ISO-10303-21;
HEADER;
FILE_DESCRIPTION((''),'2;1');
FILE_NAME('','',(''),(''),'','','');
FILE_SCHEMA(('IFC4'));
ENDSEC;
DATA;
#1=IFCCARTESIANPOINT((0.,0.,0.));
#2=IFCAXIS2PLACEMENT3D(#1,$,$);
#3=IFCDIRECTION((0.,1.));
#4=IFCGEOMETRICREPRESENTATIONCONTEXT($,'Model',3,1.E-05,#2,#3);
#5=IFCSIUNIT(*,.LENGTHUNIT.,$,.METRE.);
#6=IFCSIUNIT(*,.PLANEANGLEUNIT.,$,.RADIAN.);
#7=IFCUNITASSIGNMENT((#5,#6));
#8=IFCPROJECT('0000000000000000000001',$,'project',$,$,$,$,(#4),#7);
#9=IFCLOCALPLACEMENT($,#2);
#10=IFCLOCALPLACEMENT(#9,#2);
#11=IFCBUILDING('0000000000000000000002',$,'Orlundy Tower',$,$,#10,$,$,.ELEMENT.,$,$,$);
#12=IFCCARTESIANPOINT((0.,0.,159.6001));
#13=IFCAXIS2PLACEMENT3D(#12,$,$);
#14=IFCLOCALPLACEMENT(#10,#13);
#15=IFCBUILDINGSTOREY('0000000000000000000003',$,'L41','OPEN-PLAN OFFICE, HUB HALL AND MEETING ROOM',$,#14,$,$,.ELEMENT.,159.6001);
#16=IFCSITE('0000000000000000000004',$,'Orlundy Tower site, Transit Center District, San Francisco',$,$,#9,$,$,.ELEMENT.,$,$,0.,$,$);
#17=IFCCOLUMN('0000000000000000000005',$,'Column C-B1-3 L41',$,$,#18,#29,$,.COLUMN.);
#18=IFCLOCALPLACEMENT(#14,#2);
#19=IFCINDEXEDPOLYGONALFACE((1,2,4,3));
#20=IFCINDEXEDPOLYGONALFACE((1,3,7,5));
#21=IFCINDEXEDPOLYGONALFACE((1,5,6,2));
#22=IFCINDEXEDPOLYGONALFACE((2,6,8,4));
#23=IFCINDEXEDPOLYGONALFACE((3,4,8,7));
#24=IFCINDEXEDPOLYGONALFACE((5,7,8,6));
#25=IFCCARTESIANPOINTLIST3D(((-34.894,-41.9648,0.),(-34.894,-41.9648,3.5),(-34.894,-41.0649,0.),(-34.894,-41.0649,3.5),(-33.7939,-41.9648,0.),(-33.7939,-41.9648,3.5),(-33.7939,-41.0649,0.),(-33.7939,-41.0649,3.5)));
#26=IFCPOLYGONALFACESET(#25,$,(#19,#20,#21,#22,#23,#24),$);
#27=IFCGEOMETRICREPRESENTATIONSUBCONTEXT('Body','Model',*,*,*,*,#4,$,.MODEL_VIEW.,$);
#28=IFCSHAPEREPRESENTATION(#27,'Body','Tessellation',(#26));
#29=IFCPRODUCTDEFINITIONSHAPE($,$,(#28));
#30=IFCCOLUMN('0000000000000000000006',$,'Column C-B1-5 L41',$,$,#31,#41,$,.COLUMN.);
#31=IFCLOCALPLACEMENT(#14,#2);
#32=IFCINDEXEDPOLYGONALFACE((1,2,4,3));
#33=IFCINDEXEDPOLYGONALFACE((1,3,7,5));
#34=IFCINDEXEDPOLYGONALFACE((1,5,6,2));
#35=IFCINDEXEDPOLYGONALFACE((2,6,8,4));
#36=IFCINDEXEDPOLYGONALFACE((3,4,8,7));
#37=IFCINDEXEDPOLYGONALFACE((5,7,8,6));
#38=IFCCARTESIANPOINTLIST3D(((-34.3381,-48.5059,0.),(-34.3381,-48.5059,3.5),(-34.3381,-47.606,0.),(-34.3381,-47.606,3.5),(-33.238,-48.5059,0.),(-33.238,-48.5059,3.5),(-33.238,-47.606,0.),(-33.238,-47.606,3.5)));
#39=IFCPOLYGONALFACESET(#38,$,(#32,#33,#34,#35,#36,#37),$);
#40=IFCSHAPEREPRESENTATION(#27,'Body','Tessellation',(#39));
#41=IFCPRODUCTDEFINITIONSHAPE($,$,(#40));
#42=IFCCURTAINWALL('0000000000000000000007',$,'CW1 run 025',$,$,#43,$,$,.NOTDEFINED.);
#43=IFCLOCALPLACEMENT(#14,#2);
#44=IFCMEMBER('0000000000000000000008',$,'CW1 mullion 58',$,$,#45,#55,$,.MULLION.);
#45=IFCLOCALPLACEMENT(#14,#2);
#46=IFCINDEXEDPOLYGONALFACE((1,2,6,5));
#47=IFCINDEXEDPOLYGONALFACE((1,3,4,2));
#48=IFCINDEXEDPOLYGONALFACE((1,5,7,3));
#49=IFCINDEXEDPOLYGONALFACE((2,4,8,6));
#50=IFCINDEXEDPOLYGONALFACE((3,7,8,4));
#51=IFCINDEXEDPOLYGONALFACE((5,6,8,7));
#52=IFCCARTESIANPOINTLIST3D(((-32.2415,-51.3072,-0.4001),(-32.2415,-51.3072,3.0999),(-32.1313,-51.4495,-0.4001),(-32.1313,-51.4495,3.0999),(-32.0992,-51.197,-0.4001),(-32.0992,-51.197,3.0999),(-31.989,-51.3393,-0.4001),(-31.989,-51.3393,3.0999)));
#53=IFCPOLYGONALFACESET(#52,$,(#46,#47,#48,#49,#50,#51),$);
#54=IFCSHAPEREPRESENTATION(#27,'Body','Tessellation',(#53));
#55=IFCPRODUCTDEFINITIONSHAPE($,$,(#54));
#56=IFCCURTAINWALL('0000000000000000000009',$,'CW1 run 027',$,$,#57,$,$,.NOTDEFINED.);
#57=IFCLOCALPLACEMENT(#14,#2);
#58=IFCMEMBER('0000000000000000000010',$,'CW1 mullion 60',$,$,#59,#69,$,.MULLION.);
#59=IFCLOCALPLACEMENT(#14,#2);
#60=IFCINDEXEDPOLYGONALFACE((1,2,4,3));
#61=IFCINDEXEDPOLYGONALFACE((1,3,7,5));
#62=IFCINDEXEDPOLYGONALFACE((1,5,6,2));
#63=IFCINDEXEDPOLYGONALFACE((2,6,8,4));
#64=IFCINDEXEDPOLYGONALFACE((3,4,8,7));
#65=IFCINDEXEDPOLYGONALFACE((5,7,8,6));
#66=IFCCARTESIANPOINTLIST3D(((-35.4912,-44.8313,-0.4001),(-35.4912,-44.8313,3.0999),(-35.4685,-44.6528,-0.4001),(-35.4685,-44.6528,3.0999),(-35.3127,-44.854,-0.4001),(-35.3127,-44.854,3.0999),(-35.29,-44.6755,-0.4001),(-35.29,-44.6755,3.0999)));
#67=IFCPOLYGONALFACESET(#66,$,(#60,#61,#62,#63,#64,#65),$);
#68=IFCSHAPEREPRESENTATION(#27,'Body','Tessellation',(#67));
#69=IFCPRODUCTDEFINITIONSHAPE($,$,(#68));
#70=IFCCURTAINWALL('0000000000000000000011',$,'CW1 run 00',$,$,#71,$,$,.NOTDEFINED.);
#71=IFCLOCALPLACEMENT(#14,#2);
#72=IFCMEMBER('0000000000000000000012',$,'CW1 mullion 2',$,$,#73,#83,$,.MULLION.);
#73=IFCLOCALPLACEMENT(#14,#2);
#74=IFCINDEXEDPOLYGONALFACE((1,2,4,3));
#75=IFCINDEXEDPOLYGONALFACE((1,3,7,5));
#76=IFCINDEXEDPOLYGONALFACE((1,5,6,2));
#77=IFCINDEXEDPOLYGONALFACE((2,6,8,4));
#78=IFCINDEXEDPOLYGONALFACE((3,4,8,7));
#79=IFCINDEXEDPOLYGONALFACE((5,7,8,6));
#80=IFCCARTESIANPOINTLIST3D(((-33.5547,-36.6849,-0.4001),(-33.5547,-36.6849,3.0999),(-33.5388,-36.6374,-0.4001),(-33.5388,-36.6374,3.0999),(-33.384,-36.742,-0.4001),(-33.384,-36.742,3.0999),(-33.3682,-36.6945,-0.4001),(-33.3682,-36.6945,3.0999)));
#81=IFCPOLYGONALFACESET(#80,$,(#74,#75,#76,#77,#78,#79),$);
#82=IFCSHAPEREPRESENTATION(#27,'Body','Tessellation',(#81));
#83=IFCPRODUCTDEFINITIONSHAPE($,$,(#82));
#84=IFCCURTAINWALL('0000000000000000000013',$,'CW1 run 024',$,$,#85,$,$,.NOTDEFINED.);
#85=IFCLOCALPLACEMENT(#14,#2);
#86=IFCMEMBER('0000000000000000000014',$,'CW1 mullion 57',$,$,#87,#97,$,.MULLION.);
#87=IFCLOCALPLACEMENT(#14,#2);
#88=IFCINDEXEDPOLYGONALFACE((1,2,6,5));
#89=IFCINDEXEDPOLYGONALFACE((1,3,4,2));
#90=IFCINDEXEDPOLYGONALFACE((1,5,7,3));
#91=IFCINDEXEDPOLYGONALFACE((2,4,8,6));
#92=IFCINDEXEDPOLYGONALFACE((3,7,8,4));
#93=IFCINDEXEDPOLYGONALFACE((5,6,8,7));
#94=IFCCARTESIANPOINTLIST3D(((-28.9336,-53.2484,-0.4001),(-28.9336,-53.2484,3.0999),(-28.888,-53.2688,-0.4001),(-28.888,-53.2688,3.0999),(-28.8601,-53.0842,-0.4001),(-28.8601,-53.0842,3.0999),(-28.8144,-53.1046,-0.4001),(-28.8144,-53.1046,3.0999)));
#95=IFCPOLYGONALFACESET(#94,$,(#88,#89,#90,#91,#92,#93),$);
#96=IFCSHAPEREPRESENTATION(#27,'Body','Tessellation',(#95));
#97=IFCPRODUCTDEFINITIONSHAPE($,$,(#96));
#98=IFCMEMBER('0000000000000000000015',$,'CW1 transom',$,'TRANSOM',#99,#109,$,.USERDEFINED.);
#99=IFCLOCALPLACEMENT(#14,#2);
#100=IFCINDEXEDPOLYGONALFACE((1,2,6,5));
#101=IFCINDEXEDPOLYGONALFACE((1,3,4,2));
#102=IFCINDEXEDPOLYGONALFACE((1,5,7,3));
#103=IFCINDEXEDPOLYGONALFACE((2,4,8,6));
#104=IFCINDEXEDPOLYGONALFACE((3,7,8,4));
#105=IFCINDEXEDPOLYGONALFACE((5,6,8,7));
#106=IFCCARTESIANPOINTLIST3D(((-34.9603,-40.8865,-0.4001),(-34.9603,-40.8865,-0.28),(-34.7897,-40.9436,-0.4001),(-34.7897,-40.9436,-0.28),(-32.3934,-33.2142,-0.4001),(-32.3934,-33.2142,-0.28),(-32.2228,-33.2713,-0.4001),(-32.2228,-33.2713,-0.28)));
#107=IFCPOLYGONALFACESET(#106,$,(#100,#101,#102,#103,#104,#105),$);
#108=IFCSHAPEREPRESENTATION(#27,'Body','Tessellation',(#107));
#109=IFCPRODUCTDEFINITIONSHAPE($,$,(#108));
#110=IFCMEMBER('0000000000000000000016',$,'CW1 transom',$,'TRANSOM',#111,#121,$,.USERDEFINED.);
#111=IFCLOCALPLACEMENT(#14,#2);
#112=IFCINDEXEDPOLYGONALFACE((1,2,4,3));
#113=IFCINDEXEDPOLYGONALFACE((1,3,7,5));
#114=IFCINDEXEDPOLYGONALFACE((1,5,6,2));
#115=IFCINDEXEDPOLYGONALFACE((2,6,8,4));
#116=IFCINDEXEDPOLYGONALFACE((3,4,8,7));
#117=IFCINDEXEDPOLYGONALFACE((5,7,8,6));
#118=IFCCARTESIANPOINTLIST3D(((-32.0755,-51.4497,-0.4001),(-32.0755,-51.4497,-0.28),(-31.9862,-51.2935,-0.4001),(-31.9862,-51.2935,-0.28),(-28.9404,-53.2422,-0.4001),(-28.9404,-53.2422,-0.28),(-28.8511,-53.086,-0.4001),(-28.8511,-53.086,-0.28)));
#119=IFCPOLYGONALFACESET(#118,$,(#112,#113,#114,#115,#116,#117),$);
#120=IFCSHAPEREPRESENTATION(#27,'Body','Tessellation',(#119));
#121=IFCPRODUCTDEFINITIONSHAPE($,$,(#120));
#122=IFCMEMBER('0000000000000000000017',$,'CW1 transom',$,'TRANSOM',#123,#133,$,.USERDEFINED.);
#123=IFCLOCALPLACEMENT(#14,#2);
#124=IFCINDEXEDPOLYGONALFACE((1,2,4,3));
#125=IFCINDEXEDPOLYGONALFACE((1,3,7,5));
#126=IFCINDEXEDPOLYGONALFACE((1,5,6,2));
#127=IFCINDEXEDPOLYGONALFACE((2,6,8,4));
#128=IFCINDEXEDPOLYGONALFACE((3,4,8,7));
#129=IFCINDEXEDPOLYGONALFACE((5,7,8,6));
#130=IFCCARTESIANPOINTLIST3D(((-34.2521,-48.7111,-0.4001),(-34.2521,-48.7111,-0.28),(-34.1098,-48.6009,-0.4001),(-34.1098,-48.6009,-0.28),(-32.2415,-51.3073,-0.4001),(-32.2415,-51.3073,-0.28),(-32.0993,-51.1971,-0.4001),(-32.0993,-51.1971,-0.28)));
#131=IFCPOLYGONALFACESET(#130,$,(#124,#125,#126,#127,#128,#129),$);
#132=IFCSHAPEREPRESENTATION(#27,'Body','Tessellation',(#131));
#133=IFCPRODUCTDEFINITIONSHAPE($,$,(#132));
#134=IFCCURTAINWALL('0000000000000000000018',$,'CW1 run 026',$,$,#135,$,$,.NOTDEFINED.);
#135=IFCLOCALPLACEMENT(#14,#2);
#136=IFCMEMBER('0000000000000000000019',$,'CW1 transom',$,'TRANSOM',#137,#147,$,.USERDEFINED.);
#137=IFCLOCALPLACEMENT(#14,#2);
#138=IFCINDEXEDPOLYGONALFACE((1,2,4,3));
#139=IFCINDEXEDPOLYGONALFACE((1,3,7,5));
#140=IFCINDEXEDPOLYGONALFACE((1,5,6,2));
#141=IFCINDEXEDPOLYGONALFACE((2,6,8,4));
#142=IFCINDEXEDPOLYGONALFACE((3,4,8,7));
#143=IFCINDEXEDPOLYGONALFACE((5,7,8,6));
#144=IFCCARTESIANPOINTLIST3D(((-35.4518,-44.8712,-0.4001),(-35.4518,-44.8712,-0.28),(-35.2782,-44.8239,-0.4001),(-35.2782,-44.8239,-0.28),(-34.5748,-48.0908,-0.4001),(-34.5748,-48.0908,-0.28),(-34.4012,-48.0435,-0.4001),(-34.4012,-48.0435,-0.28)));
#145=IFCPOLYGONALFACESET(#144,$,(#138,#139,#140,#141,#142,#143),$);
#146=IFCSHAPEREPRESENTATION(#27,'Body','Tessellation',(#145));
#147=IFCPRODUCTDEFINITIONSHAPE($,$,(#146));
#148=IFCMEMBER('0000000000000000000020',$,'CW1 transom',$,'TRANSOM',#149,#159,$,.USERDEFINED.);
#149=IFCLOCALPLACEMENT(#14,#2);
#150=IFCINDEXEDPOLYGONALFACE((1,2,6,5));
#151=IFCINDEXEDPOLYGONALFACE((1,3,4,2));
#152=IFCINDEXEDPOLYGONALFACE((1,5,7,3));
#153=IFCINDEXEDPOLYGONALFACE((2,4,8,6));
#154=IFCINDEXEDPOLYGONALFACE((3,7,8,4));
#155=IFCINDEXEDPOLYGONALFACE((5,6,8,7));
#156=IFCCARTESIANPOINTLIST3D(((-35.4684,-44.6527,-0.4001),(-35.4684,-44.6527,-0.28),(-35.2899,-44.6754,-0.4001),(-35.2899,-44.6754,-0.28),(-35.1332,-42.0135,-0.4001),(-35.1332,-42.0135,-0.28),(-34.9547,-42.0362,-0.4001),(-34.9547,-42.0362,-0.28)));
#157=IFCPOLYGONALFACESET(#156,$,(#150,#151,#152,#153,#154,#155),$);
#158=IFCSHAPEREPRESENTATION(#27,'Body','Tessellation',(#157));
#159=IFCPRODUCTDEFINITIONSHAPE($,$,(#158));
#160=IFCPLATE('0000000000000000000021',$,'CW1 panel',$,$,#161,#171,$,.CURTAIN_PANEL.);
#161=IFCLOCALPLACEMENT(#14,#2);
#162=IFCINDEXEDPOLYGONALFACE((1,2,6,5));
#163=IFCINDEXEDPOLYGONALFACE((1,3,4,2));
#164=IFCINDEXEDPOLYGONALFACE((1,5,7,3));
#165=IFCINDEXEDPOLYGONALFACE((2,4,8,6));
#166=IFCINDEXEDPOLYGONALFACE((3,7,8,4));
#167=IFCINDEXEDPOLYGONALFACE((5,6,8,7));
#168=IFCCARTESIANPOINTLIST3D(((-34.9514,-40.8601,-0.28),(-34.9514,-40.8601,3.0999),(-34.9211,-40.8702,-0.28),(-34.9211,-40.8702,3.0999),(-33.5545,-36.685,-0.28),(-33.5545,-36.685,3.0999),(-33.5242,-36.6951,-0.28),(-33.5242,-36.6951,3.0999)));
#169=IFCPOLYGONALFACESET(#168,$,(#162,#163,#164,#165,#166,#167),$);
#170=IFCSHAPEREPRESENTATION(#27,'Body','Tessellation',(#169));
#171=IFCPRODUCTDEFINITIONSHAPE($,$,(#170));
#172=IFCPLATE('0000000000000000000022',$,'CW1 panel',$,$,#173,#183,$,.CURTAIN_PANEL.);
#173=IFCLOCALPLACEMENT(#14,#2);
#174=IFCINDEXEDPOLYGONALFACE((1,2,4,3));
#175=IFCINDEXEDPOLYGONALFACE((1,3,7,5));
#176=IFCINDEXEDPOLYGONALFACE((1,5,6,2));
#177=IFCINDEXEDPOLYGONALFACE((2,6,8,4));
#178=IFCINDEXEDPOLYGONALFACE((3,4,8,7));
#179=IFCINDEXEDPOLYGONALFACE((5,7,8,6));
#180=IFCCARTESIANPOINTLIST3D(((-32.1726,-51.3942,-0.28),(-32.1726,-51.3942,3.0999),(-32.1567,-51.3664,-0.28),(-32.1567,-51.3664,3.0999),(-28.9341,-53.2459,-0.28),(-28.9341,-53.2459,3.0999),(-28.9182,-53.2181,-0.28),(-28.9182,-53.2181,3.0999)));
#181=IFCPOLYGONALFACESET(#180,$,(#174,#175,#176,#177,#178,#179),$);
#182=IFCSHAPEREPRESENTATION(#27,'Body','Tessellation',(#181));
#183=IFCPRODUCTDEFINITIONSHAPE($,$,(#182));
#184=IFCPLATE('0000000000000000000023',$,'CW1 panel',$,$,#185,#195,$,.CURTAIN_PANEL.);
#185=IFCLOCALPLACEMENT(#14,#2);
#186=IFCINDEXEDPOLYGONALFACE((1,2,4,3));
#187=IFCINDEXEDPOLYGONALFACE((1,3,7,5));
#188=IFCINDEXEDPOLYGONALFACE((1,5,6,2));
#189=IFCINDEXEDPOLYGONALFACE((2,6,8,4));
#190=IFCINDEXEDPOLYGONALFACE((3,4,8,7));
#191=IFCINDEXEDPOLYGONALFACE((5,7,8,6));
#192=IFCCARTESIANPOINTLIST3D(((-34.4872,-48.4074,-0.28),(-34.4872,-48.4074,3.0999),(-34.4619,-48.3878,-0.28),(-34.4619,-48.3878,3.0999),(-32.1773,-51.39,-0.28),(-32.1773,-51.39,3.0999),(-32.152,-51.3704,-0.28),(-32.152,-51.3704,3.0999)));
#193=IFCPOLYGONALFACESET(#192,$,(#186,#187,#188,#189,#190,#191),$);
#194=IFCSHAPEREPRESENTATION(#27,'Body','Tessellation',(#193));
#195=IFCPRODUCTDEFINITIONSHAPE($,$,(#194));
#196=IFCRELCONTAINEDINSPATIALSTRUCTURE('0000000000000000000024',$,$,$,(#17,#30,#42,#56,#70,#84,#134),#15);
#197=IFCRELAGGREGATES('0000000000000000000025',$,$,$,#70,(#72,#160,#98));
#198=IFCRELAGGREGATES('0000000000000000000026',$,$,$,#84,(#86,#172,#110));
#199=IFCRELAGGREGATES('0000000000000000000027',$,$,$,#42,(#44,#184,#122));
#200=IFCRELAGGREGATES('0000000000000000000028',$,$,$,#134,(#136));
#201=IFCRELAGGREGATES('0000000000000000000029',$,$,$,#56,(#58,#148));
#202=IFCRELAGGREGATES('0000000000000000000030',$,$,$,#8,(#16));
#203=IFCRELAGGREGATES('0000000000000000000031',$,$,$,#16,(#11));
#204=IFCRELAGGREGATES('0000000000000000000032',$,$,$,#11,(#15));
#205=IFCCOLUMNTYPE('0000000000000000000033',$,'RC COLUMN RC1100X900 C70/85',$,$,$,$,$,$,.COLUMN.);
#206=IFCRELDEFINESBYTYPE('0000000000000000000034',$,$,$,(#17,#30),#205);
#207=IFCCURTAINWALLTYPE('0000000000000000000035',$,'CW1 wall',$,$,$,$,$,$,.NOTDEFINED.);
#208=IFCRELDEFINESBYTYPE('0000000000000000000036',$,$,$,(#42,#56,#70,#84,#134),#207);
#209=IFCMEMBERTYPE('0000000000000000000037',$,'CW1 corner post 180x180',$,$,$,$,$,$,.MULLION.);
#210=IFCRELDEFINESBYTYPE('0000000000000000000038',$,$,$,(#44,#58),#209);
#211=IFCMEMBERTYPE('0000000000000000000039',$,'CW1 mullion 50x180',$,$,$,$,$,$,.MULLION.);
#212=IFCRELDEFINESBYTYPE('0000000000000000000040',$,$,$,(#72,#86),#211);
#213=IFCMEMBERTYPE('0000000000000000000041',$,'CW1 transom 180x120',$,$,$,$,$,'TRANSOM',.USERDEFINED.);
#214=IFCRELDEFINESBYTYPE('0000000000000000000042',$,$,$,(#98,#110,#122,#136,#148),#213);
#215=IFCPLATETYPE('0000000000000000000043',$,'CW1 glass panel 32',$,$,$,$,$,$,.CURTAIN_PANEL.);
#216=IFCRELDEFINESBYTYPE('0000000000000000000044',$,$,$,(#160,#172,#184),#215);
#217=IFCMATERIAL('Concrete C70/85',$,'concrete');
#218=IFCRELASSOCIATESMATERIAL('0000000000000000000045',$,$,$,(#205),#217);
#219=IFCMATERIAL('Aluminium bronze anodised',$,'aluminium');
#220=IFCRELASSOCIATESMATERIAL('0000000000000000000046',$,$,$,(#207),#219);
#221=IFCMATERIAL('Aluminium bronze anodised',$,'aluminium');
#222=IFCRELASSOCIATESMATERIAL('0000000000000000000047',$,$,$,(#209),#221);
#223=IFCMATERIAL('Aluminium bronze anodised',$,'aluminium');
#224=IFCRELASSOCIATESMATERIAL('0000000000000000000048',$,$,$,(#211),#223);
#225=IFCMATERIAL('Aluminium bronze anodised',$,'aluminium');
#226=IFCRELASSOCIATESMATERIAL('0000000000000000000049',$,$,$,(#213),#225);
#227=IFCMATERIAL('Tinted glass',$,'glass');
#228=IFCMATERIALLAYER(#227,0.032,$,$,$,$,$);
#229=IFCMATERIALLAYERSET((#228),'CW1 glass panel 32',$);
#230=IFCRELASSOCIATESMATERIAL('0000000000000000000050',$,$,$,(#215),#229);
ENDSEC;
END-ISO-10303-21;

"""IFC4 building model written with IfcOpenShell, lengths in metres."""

from ifc_helpers import new_model, si_unit, direction, frame, origin, origin_2d, place, context, subcontext, project, spatial, rectangle, extrude, material, layer, layer_set, material_profile, profile_set, type_object, element, aggregate, save


model = new_model("IFC4")

# Units and contexts
model_context = context("Model", 3, precision=1e-05, world=origin(), true_north=direction((0.0, 1.0)))
body_context = subcontext(model_context, "Body", "Model", "MODEL_VIEW")
ifc_project = project(units=[si_unit("LENGTHUNIT", "METRE"), si_unit("PLANEANGLEUNIT", "RADIAN")], contexts=[model_context])

# Site, building, storey
site_placement = place(None, origin())
site = spatial("IfcSite", under=ifc_project, at=site_placement, Name="Orlundy Tower site, Transit Center District, San Francisco", CompositionType="ELEMENT", RefElevation=0.0)
building_placement = place(site_placement, origin())
building = spatial("IfcBuilding", under=site, at=building_placement, Name="Orlundy Tower", CompositionType="ELEMENT")
storey_placement = place(building_placement, frame((0.0, 0.0, 159.6001)))
storey = spatial("IfcBuildingStorey", under=building, at=storey_placement, Name="L41", Description="OPEN-PLAN OFFICE, HUB HALL AND MEETING ROOM", CompositionType="ELEMENT", Elevation=159.6001)

# Columns
ifc_material_1 = material(Name="Concrete C70/85", Category="concrete")
ifc_material_profile_1 = material_profile(ifc_material_1, rectangle(XDim=1.1001, YDim=0.8999, at=origin_2d()), Name="RC1100X900")
ifc_profile_set_1 = profile_set([ifc_material_profile_1], Name="Concrete C70/85")
column_type = type_object("IfcColumnType", Name="RC COLUMN RC1100X900 C70/85", PredefinedType="COLUMN", material=ifc_profile_set_1)
for number, where, z_axis, x_axis, name in (
    (1, (-34.344, -41.5149, 0.0), (0.0, 0.0, 1.0), (1.0, 0.0, 0.0), "Column C-B1-3 L41"),
    (2, (-33.7881, -48.0559, 0.0), (0.0, 0.0, 1.0), (1.0, 0.0, 0.0), "Column C-B1-5 L41"),
):
    element("IfcColumn", number, at=place(storey_placement, frame(where, z_axis=z_axis, x_axis=x_axis)), inside=storey, type_object=column_type, Name=name, PredefinedType="COLUMN", context=body_context, shape_type="SweptSolid", body=[
        extrude(rectangle(XDim=1.1001, YDim=0.8999, at=origin_2d()), origin(), (0.0, 0.0, 1.0), 3.5),
    ])

# Curtain walls, members
ifc_material_2 = material(Name="Aluminium bronze anodised", Category="aluminium")
curtain_wall_type = type_object("IfcCurtainWallType", Name="CW1 wall", PredefinedType="NOTDEFINED", material=ifc_material_2)
curtain_wall_1_placement = place(storey_placement, origin())
curtain_wall_1 = element("IfcCurtainWall", 3, at=curtain_wall_1_placement, inside=storey, type_object=curtain_wall_type, Name="CW1 run 025", PredefinedType="NOTDEFINED")
ifc_material_3 = material(Name="Aluminium bronze anodised", Category="aluminium")
ifc_material_profile_2 = material_profile(ifc_material_3, rectangle(XDim=0.1799, YDim=0.1799, at=origin_2d()), Name="CW1 corner post 180x180")
ifc_profile_set_2 = profile_set([ifc_material_profile_2], Name="Aluminium bronze anodised")
member_type_1 = type_object("IfcMemberType", Name="CW1 corner post 180x180", PredefinedType="MULLION", material=ifc_profile_set_2)
member_1_placement = place(storey_placement, frame((-32.1152, -51.3232, -0.4001), z_axis=(0.0, 0.0, 1.0), x_axis=(-0.790614, -0.612315, 0.0)))
member_1 = element("IfcMember", 4, at=member_1_placement, type_object=member_type_1, Name="CW1 mullion 58", PredefinedType="MULLION", context=body_context, shape_type="SweptSolid", body=[
    extrude(rectangle(XDim=0.1799, YDim=0.1799, at=origin_2d()), origin(), (0.0, 0.0, 1.0), 3.5),
])
curtain_wall_2_placement = place(storey_placement, origin())
curtain_wall_2 = element("IfcCurtainWall", 5, at=curtain_wall_2_placement, inside=storey, type_object=curtain_wall_type, Name="CW1 run 027", PredefinedType="NOTDEFINED")
member_2_placement = place(storey_placement, frame((-35.3906, -44.7534, -0.4001), z_axis=(0.0, 0.0, 1.0), x_axis=(-0.992031, 0.125994, 0.0)))
member_2 = element("IfcMember", 6, at=member_2_placement, type_object=member_type_1, Name="CW1 mullion 60", PredefinedType="MULLION", context=body_context, shape_type="SweptSolid", body=[
    extrude(rectangle(XDim=0.1799, YDim=0.1799, at=origin_2d()), origin(), (0.0, 0.0, 1.0), 3.5),
])
curtain_wall_3_placement = place(storey_placement, origin())
curtain_wall_3 = element("IfcCurtainWall", 7, at=curtain_wall_3_placement, inside=storey, type_object=curtain_wall_type, Name="CW1 run 00", PredefinedType="NOTDEFINED")
ifc_material_4 = material(Name="Aluminium bronze anodised", Category="aluminium")
ifc_material_profile_3 = material_profile(ifc_material_4, rectangle(XDim=0.1799, YDim=0.05, at=origin_2d()), Name="CW1 mullion 50x180")
ifc_profile_set_3 = profile_set([ifc_material_profile_3], Name="Aluminium bronze anodised")
member_type_2 = type_object("IfcMemberType", Name="CW1 mullion 50x180", PredefinedType="MULLION", material=ifc_profile_set_3)
member_3_placement = place(storey_placement, frame((-33.4614, -36.6897, -0.4001), z_axis=(0.0, 0.0, 1.0), x_axis=(-0.948327, 0.317295, 0.0)))
member_3 = element("IfcMember", 8, at=member_3_placement, type_object=member_type_2, Name="CW1 mullion 2", PredefinedType="MULLION", context=body_context, shape_type="SweptSolid", body=[
    extrude(rectangle(XDim=0.1799, YDim=0.05, at=origin_2d()), origin(), (0.0, 0.0, 1.0), 3.5),
])
curtain_wall_4_placement = place(storey_placement, origin())
curtain_wall_4 = element("IfcCurtainWall", 9, at=curtain_wall_4_placement, inside=storey, type_object=curtain_wall_type, Name="CW1 run 024", PredefinedType="NOTDEFINED")
member_4_placement = place(storey_placement, frame((-28.874, -53.1765, -0.4001), z_axis=(0.0, 0.0, 1.0), x_axis=(-0.408801, -0.912624, 0.0)))
member_4 = element("IfcMember", 10, at=member_4_placement, type_object=member_type_2, Name="CW1 mullion 57", PredefinedType="MULLION", context=body_context, shape_type="SweptSolid", body=[
    extrude(rectangle(XDim=0.1799, YDim=0.05, at=origin_2d()), origin(), (0.0, 0.0, 1.0), 3.5),
])

# Members
ifc_material_5 = material(Name="Aluminium bronze anodised", Category="aluminium")
ifc_material_profile_4 = material_profile(ifc_material_5, rectangle(XDim=0.1799, YDim=0.1201, at=origin_2d()), Name="CW1 transom 180x120")
ifc_profile_set_4 = profile_set([ifc_material_profile_4], Name="Aluminium bronze anodised")
member_type_3 = type_object("IfcMemberType", Name="CW1 transom 180x120", ElementType="TRANSOM", PredefinedType="USERDEFINED", material=ifc_profile_set_4)
member_5_placement = place(storey_placement, frame((-34.875, -40.915, -0.3401), z_axis=(0.317278, 0.948333, 0.0), x_axis=(-0.948333, 0.317278, 0.0)))
member_5 = element("IfcMember", 11, at=member_5_placement, type_object=member_type_3, Name="CW1 transom", ObjectType="TRANSOM", PredefinedType="USERDEFINED", context=body_context, shape_type="SweptSolid", body=[
    extrude(rectangle(XDim=0.1799, YDim=0.1201, at=origin_2d()), origin(), (0.0, 0.0, 1.0), 8.0903),
])
member_6_placement = place(storey_placement, frame((-28.8958, -53.1641, -0.3401), z_axis=(-0.868118, 0.496357, 0.0), x_axis=(-0.496357, -0.868118, 0.0)))
member_6 = element("IfcMember", 12, at=member_6_placement, type_object=member_type_3, Name="CW1 transom", ObjectType="TRANSOM", PredefinedType="USERDEFINED", context=body_context, shape_type="SweptSolid", body=[
    extrude(rectangle(XDim=0.1799, YDim=0.1201, at=origin_2d()), origin(), (0.0, 0.0, 1.0), 3.6113),
])
member_7_placement = place(storey_placement, frame((-32.1704, -51.2522, -0.3401), z_axis=(-0.612277, 0.790644, 0.0), x_axis=(-0.790644, -0.612277, 0.0)))
member_7 = element("IfcMember", 13, at=member_7_placement, type_object=member_type_3, Name="CW1 transom", ObjectType="TRANSOM", PredefinedType="USERDEFINED", context=body_context, shape_type="SweptSolid", body=[
    extrude(rectangle(XDim=0.1799, YDim=0.1201, at=origin_2d()), origin(), (0.0, 0.0, 1.0), 3.2837),
])

# Curtain wall, member
curtain_wall_5_placement = place(storey_placement, origin())
curtain_wall_5 = element("IfcCurtainWall", 14, at=curtain_wall_5_placement, inside=storey, type_object=curtain_wall_type, Name="CW1 run 026", PredefinedType="NOTDEFINED")
member_8_placement = place(storey_placement, frame((-34.488, -48.0671, -0.3401), z_axis=(-0.262795, 0.964852, 0.0), x_axis=(-0.964852, -0.262795, 0.0)))
member_8 = element("IfcMember", 15, at=member_8_placement, type_object=member_type_3, Name="CW1 transom", ObjectType="TRANSOM", PredefinedType="USERDEFINED", context=body_context, shape_type="SweptSolid", body=[
    extrude(rectangle(XDim=0.1799, YDim=0.1201, at=origin_2d()), origin(), (0.0, 0.0, 1.0), 3.3369),
])

# Member
member_9_placement = place(storey_placement, frame((-35.3792, -44.6641, -0.3401), z_axis=(0.126, 0.99203, 0.0), x_axis=(-0.99203, 0.126, 0.0)))
member_9 = element("IfcMember", 16, at=member_9_placement, type_object=member_type_3, Name="CW1 transom", ObjectType="TRANSOM", PredefinedType="USERDEFINED", context=body_context, shape_type="SweptSolid", body=[
    extrude(rectangle(XDim=0.1799, YDim=0.1201, at=origin_2d()), origin(), (0.0, 0.0, 1.0), 2.6604),
])

# Plates
ifc_material_6 = material(Name="Tinted glass", Category="glass")
ifc_layer_1 = layer(ifc_material_6, 0.032)
ifc_layer_set_1 = layer_set([ifc_layer_1], Name="CW1 glass panel 32")
plate_type = type_object("IfcPlateType", Name="CW1 glass panel 32", PredefinedType="CURTAIN_PANEL", material=ifc_layer_set_1)
plate_1_placement = place(storey_placement, frame((-34.2378, -38.7776, -0.28), z_axis=(0.0, 0.0, 1.0), x_axis=(0.317295, 0.948327, 0.0)))
plate_1 = element("IfcPlate", 17, at=plate_1_placement, type_object=plate_type, Name="CW1 panel", PredefinedType="CURTAIN_PANEL", context=body_context, shape_type="SweptSolid", body=[
    extrude(rectangle(XDim=4.4026, YDim=0.032, at=origin_2d()), origin(), (0.0, 0.0, 1.0), 3.3799),
])
aggregate(curtain_wall_3, [member_3, plate_1, member_5])
plate_2_placement = place(storey_placement, frame((-30.5454, -52.3062, -0.28), z_axis=(0.0, 0.0, 1.0), x_axis=(-0.86811, 0.496371, 0.0)))
plate_2 = element("IfcPlate", 18, at=plate_2_placement, type_object=plate_type, Name="CW1 panel", PredefinedType="CURTAIN_PANEL", context=body_context, shape_type="SweptSolid", body=[
    extrude(rectangle(XDim=3.7305, YDim=0.032, at=origin_2d()), origin(), (0.0, 0.0, 1.0), 3.3799),
])
aggregate(curtain_wall_4, [member_4, plate_2, member_6])
plate_3_placement = place(storey_placement, frame((-33.3196, -49.8889, -0.28), z_axis=(0.0, 0.0, 1.0), x_axis=(-0.612315, 0.790614, 0.0)))
plate_3 = element("IfcPlate", 19, at=plate_3_placement, type_object=plate_type, Name="CW1 panel", PredefinedType="CURTAIN_PANEL", context=body_context, shape_type="SweptSolid", body=[
    extrude(rectangle(XDim=3.7725, YDim=0.032, at=origin_2d()), origin(), (0.0, 0.0, 1.0), 3.3799),
])
aggregate(curtain_wall_1, [member_1, plate_3, member_7])
aggregate(curtain_wall_5, [member_8])
aggregate(curtain_wall_2, [member_2, member_9])

save(model, "model.ifc")
